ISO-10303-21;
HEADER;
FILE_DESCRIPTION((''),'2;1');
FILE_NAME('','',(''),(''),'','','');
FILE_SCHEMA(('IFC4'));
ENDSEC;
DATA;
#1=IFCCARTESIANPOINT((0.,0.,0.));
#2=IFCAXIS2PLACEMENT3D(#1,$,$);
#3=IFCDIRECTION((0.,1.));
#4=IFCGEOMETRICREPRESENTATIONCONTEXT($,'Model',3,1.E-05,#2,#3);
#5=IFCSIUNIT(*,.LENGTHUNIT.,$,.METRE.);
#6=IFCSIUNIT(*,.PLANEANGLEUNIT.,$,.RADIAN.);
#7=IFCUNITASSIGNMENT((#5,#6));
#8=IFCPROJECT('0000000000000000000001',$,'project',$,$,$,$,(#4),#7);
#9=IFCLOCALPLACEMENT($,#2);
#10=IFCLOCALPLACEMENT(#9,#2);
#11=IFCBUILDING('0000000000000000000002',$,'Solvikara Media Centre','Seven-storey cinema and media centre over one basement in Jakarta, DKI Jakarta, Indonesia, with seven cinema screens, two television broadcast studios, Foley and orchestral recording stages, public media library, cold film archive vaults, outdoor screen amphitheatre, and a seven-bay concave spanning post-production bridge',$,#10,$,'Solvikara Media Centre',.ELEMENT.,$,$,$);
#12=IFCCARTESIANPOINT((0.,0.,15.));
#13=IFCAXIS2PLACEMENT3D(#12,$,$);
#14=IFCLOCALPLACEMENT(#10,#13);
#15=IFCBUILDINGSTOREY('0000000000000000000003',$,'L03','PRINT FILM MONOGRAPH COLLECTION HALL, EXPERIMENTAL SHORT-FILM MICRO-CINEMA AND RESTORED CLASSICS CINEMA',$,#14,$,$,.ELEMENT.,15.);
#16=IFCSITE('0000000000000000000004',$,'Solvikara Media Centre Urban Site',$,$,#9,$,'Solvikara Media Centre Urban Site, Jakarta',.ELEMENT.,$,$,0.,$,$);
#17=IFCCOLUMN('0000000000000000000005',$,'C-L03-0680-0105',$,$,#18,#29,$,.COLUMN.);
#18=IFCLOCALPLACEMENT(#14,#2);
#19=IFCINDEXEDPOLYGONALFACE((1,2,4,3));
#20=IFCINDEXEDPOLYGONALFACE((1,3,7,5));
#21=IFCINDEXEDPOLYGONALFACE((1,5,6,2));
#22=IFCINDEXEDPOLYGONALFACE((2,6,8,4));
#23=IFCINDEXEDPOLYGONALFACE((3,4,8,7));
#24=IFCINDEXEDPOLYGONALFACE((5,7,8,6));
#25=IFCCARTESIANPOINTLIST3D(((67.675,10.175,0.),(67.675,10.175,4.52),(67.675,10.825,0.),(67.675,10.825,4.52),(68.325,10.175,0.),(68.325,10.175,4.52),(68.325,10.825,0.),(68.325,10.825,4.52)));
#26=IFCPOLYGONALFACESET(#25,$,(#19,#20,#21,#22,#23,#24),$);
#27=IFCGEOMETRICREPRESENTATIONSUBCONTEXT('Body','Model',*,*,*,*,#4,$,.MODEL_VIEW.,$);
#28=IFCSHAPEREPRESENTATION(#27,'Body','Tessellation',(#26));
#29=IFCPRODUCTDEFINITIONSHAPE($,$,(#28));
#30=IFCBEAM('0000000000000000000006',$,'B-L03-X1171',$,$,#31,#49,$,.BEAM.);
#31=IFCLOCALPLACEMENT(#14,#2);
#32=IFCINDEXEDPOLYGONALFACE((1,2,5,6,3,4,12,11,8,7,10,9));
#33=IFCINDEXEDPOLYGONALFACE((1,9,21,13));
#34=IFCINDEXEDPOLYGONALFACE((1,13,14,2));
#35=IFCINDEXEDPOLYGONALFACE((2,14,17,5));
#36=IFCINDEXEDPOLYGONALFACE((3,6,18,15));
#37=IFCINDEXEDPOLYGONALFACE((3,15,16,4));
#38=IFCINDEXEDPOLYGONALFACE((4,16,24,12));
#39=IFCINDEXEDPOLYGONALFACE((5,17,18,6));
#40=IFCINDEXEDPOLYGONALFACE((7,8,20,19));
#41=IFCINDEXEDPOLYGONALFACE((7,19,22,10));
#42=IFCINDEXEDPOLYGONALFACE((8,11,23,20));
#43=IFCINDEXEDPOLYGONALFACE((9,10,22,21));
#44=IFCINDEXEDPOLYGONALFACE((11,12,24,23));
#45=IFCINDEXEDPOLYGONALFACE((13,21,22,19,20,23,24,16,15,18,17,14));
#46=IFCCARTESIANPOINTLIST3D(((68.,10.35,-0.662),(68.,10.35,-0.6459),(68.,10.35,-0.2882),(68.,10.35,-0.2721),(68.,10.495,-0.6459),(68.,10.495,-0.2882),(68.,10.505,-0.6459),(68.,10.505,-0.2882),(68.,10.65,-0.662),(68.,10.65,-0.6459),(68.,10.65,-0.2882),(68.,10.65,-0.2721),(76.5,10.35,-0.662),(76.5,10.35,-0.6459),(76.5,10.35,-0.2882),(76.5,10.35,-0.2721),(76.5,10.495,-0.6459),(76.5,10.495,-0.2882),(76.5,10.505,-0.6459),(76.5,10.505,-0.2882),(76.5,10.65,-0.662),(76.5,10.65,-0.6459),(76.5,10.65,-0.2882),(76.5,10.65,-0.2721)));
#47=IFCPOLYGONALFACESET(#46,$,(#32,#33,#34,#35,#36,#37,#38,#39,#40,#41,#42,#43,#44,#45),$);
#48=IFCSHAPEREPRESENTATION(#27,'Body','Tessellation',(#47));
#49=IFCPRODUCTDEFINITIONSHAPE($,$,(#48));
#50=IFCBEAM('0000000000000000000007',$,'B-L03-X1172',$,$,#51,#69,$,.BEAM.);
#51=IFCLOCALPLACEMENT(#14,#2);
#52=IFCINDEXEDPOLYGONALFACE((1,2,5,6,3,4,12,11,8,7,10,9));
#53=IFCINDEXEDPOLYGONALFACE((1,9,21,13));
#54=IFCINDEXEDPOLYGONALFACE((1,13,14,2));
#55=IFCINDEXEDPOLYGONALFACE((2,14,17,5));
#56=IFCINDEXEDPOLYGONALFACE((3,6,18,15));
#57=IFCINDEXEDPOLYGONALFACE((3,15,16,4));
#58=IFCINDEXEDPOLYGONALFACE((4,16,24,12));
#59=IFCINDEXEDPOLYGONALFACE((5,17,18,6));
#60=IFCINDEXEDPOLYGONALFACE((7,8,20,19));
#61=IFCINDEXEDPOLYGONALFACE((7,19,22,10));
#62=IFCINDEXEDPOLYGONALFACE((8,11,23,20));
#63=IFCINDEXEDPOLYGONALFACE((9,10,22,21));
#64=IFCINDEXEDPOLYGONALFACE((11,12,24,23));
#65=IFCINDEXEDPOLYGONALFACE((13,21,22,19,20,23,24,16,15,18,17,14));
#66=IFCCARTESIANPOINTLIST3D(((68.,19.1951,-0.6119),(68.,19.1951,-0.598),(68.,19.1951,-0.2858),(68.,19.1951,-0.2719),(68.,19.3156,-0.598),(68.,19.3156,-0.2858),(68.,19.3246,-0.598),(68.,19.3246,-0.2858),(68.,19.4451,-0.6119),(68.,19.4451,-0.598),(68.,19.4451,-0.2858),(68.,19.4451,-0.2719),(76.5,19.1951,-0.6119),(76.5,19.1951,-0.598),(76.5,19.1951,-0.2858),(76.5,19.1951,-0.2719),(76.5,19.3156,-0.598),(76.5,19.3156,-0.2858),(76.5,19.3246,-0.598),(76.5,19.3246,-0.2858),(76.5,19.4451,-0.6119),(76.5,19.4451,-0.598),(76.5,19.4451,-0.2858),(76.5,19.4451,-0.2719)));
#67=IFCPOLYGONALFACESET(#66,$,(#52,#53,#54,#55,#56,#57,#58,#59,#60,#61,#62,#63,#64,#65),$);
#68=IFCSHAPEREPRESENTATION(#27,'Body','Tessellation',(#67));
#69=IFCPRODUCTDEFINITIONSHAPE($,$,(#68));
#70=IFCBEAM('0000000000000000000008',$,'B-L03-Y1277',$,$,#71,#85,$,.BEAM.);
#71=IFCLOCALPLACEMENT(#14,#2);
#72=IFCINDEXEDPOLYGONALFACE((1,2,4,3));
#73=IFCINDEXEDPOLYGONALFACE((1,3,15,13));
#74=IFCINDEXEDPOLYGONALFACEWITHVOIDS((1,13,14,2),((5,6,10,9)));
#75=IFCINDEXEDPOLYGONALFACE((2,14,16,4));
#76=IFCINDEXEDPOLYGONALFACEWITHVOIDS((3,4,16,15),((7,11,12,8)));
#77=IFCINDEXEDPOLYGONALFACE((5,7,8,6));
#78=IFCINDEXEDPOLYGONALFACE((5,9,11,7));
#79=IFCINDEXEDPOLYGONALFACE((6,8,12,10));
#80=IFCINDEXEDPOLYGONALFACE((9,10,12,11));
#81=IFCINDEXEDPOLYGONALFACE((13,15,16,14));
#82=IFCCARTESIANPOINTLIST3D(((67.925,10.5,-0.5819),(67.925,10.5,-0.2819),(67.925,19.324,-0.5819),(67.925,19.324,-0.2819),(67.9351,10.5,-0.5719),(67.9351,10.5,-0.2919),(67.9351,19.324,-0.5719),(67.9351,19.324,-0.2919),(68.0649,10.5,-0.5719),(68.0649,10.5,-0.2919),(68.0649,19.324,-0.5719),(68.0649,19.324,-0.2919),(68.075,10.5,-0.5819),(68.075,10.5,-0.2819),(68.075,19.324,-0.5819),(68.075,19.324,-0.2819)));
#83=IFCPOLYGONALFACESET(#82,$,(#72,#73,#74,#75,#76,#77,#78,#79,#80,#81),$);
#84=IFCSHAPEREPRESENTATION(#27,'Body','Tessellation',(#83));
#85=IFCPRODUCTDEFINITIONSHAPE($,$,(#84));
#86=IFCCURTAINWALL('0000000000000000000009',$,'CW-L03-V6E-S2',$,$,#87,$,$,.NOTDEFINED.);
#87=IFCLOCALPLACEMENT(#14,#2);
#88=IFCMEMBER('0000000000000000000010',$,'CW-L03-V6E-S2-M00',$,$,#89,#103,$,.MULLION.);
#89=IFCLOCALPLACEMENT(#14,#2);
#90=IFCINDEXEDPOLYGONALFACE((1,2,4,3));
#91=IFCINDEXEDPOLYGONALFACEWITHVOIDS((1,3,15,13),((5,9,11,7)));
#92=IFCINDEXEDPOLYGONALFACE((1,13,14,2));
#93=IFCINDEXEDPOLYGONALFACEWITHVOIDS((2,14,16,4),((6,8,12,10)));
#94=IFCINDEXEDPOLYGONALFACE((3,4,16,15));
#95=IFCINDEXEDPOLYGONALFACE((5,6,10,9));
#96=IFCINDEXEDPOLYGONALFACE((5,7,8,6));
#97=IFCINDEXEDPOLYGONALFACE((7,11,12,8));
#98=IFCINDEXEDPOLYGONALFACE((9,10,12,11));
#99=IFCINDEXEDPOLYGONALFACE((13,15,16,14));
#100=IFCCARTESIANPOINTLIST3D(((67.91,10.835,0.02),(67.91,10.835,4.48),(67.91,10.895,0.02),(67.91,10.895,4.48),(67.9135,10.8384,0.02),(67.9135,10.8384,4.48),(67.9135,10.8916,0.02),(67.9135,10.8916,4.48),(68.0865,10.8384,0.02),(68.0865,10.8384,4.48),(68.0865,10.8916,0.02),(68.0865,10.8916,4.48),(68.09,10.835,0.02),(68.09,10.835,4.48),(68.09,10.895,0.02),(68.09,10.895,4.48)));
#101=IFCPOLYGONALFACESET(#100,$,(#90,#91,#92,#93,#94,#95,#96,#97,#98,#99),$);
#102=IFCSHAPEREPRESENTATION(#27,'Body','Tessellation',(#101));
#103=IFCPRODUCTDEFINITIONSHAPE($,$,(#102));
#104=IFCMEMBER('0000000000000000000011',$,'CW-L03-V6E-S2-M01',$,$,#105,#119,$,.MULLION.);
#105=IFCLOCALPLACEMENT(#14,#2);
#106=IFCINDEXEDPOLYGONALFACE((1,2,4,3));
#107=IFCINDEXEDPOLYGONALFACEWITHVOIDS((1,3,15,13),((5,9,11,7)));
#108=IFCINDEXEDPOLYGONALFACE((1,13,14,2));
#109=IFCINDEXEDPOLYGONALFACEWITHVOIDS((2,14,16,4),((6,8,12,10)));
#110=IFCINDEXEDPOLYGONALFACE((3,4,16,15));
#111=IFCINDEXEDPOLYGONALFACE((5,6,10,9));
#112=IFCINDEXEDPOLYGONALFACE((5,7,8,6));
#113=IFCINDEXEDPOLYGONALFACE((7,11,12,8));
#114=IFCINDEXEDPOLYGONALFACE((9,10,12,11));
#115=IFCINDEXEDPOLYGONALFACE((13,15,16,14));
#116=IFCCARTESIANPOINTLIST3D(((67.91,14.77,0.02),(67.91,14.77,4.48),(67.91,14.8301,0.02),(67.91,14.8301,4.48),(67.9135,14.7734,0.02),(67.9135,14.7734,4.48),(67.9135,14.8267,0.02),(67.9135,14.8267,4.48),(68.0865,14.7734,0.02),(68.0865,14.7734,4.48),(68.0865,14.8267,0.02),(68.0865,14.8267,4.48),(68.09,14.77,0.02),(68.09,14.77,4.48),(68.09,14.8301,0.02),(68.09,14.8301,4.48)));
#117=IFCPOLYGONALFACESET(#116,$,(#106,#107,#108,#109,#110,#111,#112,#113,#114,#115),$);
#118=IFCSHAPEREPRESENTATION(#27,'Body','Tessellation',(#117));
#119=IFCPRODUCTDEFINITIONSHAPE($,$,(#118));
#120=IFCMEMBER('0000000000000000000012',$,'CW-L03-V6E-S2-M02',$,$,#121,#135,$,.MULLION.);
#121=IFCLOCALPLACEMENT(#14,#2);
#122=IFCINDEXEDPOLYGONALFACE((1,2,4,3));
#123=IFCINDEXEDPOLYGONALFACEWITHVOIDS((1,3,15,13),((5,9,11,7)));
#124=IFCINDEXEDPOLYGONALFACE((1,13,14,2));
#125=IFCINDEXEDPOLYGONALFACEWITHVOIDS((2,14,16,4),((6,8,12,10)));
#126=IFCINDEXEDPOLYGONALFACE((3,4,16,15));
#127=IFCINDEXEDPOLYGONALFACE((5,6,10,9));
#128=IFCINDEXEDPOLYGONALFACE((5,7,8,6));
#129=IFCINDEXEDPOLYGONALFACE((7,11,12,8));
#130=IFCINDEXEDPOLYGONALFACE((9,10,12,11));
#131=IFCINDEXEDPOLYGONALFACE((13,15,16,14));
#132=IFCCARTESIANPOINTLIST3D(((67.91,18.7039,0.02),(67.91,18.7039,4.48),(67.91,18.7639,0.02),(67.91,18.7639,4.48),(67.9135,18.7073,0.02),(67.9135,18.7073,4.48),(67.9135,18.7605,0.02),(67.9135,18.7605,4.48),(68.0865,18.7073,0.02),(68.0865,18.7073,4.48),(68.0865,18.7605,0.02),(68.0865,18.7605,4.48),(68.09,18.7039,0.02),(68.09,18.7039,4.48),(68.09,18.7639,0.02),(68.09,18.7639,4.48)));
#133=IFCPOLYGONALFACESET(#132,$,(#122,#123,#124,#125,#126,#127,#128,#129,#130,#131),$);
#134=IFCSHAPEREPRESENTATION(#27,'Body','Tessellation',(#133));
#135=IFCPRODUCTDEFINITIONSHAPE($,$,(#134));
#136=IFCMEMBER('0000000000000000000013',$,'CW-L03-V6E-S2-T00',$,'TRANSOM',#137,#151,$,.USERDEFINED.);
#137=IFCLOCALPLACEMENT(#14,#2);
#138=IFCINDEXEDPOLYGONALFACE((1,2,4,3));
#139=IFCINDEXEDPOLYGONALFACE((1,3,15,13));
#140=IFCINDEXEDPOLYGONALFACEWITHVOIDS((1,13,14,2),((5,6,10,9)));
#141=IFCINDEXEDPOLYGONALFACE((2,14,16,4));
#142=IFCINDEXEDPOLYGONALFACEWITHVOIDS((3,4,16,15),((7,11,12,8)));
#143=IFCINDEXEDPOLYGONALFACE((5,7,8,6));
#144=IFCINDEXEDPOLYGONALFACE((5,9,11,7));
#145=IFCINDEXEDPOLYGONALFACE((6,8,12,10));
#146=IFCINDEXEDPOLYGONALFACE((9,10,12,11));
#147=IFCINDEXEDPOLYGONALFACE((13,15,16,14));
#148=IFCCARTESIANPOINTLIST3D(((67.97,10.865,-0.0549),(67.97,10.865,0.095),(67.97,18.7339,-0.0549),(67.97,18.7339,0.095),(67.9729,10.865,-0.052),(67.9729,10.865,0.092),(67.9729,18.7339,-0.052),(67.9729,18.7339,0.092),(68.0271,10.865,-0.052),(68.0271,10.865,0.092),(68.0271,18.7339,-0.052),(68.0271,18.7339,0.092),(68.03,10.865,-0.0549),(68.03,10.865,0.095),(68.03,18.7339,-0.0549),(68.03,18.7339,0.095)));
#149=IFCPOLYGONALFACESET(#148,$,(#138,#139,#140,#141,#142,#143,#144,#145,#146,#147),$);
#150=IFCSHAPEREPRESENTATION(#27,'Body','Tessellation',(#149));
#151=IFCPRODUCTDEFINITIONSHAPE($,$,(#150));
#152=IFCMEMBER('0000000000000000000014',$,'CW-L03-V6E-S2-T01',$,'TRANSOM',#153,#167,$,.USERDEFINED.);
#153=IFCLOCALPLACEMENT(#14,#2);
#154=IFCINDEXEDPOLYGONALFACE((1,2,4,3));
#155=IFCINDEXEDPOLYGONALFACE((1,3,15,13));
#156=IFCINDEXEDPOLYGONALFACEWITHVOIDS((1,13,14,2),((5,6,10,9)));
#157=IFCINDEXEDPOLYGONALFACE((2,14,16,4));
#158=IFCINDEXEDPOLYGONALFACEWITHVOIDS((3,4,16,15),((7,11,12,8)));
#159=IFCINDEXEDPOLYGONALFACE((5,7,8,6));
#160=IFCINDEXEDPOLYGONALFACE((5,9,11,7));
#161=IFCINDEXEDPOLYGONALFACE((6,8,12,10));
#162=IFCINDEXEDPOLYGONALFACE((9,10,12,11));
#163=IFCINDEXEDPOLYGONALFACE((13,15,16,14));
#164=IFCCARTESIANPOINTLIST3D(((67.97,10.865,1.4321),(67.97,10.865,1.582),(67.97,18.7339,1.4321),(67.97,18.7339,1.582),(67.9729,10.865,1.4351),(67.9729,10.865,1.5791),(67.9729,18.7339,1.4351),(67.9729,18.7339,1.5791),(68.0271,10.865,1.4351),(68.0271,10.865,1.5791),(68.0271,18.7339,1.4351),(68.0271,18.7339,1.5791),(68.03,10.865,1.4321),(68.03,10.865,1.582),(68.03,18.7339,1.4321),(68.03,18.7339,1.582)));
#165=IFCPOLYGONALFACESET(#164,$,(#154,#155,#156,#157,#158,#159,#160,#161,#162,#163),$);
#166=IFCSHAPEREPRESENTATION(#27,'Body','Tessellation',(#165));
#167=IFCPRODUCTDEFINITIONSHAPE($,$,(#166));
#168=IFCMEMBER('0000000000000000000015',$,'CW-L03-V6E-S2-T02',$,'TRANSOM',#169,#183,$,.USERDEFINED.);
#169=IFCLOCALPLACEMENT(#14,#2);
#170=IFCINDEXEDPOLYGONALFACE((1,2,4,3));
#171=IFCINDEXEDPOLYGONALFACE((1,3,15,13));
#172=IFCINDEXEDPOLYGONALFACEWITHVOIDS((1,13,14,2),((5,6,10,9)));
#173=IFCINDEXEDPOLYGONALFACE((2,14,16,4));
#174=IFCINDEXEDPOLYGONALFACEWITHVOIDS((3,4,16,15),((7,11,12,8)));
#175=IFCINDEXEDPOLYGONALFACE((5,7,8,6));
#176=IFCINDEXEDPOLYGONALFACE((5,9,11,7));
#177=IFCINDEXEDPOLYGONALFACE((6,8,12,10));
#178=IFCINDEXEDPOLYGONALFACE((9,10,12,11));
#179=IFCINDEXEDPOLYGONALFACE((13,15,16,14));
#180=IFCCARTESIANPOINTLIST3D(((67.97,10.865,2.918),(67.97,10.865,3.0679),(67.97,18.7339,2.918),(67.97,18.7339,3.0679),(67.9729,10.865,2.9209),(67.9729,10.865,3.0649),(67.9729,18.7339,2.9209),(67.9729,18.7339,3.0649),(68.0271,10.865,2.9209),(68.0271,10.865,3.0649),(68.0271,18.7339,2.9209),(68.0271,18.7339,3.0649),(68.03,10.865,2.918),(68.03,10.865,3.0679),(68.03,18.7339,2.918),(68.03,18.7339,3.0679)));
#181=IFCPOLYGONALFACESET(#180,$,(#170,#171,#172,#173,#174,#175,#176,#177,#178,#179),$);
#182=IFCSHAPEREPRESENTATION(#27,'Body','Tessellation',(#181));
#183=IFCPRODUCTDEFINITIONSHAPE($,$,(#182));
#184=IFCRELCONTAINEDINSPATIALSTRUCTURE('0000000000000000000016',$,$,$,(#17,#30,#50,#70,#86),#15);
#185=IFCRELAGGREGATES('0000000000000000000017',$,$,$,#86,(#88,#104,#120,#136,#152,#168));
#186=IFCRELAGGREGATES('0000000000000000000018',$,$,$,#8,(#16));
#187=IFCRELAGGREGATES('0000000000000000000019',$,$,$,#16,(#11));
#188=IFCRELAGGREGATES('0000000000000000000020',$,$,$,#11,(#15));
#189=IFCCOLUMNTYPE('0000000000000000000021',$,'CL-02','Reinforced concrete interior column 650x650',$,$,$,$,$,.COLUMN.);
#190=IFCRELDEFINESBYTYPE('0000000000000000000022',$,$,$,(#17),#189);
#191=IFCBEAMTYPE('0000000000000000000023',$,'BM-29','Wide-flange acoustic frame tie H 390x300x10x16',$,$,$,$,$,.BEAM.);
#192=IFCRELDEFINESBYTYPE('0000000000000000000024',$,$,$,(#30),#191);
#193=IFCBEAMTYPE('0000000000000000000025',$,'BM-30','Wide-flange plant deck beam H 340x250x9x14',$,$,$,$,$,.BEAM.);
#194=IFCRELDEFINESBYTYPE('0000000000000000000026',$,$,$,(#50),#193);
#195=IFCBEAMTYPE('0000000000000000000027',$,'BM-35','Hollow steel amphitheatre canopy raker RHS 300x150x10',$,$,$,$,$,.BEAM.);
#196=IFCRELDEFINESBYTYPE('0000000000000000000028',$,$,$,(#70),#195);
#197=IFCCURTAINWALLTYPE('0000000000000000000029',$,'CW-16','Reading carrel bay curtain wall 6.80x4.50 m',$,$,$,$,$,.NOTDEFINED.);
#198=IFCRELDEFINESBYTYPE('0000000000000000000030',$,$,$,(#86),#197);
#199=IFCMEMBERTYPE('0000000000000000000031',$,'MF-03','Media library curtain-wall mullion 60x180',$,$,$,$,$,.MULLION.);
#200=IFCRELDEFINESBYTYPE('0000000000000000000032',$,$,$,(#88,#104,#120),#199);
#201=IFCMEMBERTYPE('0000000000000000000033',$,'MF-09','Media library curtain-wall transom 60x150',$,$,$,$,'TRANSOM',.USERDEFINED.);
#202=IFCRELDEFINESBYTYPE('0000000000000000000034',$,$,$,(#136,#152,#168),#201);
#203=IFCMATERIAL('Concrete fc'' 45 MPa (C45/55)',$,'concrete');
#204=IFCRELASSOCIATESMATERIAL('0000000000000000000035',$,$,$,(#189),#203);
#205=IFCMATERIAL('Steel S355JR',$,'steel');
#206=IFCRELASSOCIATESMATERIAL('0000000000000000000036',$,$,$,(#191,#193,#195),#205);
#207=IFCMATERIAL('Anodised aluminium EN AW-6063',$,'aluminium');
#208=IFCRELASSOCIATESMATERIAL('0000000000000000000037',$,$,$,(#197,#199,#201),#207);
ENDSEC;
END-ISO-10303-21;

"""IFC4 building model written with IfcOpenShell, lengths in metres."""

from ifc_helpers import new_model, si_unit, direction, frame, origin, origin_2d, place, context, subcontext, project, spatial, rectangle, hollow_rectangle, i_section, extrude, material, material_profile, profile_set, type_object, element, aggregate, save


model = new_model("IFC4")

# Units and contexts
model_context = context("Model", 3, precision=1e-05, world=origin(), true_north=direction((0.0, 1.0)))
body_context = subcontext(model_context, "Body", "Model", "MODEL_VIEW")
ifc_project = project(units=[si_unit("LENGTHUNIT", "METRE"), si_unit("PLANEANGLEUNIT", "RADIAN")], contexts=[model_context])

# Site, building, storey
site_placement = place(None, origin())
site = spatial("IfcSite", under=ifc_project, at=site_placement, Name="Solvikara Media Centre Urban Site", LongName="Solvikara Media Centre Urban Site, Jakarta", CompositionType="ELEMENT", RefElevation=0.0)
building_placement = place(site_placement, origin())
building = spatial("IfcBuilding", under=site, at=building_placement, Name="Solvikara Media Centre", Description="Seven-storey cinema and media centre over one basement in Jakarta, DKI Jakarta, Indonesia, with seven cinema screens, two television broadcast studios, Foley and orchestral recording stages, public media library, cold film archive vaults, outdoor screen amphitheatre, and a seven-bay concave spanning post-production bridge", LongName="Solvikara Media Centre", CompositionType="ELEMENT")
storey_placement = place(building_placement, frame((0.0, 0.0, 15.0)))
storey = spatial("IfcBuildingStorey", under=building, at=storey_placement, Name="L03", Description="PRINT FILM MONOGRAPH COLLECTION HALL, EXPERIMENTAL SHORT-FILM MICRO-CINEMA AND RESTORED CLASSICS CINEMA", CompositionType="ELEMENT", Elevation=15.0)

# Column
ifc_material_1 = material(Name="Concrete fc' 45 MPa (C45/55)", Category="concrete")
ifc_material_profile_1 = material_profile(ifc_material_1, rectangle(XDim=0.6499, YDim=0.6499, at=origin_2d()), Name="RC 650x650")
ifc_profile_set_1 = profile_set([ifc_material_profile_1], Name="Concrete fc' 45 MPa (C45/55)")
column_type = type_object("IfcColumnType", Name="CL-02", Description="Reinforced concrete interior column 650x650", PredefinedType="COLUMN", material=ifc_profile_set_1)
column_placement = place(storey_placement, frame((68.0, 10.5, 0.0), z_axis=(0.0, 0.0, 1.0), x_axis=(1.0, 0.0, 0.0)))
element("IfcColumn", 1, at=column_placement, inside=storey, type_object=column_type, Name="C-L03-0680-0105", PredefinedType="COLUMN", context=body_context, shape_type="SweptSolid", body=[
    extrude(rectangle(XDim=0.6499, YDim=0.6499, at=origin_2d()), origin(), (0.0, 0.0, 1.0), 4.52),
])

# Beams
ifc_material_2 = material(Name="Steel S355JR", Category="steel")
ifc_material_profile_2 = material_profile(ifc_material_2, i_section(OverallWidth=0.3, OverallDepth=0.3899, WebThickness=0.01, FlangeThickness=0.0161, at=origin_2d()), Name="H 390x300x10x16")
ifc_profile_set_2 = profile_set([ifc_material_profile_2], Name="Steel S355JR")
beam_type_1 = type_object("IfcBeamType", Name="BM-29", Description="Wide-flange acoustic frame tie H 390x300x10x16", PredefinedType="BEAM", material=ifc_profile_set_2)
beam_1_placement = place(storey_placement, frame((68.0, 10.5, -0.467), z_axis=(1.0, 0.0, 0.0), x_axis=(0.0, 1.0, 0.0)))
element("IfcBeam", 2, at=beam_1_placement, inside=storey, type_object=beam_type_1, Name="B-L03-X1171", PredefinedType="BEAM", context=body_context, shape_type="SweptSolid", body=[
    extrude(i_section(OverallWidth=0.3, OverallDepth=0.3899, WebThickness=0.01, FlangeThickness=0.0161, at=origin_2d()), origin(), (0.0, 0.0, 1.0), 8.5),
])
ifc_material_profile_3 = material_profile(ifc_material_2, i_section(OverallWidth=0.25, OverallDepth=0.3401, WebThickness=0.009, FlangeThickness=0.0139, at=origin_2d()), Name="H 340x250x9x14")
ifc_profile_set_3 = profile_set([ifc_material_profile_3], Name="Steel S355JR")
beam_type_2 = type_object("IfcBeamType", Name="BM-30", Description="Wide-flange plant deck beam H 340x250x9x14", PredefinedType="BEAM", material=ifc_profile_set_3)
beam_2_placement = place(storey_placement, frame((68.0, 19.3201, -0.4419), z_axis=(1.0, 0.0, 0.0), x_axis=(0.0, 1.0, 0.0)))
element("IfcBeam", 3, at=beam_2_placement, inside=storey, type_object=beam_type_2, Name="B-L03-X1172", PredefinedType="BEAM", context=body_context, shape_type="SweptSolid", body=[
    extrude(i_section(OverallWidth=0.25, OverallDepth=0.3401, WebThickness=0.009, FlangeThickness=0.0139, at=origin_2d()), origin(), (0.0, 0.0, 1.0), 8.5),
])
ifc_material_profile_4 = material_profile(ifc_material_2, hollow_rectangle(XDim=0.1499, YDim=0.3, WallThickness=0.01, at=origin_2d()), Name="RHS 300x150x10")
ifc_profile_set_4 = profile_set([ifc_material_profile_4], Name="Steel S355JR")
beam_type_3 = type_object("IfcBeamType", Name="BM-35", Description="Hollow steel amphitheatre canopy raker RHS 300x150x10", PredefinedType="BEAM", material=ifc_profile_set_4)
beam_3_placement = place(storey_placement, frame((68.0, 10.5, -0.4319), z_axis=(0.0, 1.0, 0.0), x_axis=(-1.0, 0.0, 0.0)))
element("IfcBeam", 4, at=beam_3_placement, inside=storey, type_object=beam_type_3, Name="B-L03-Y1277", PredefinedType="BEAM", context=body_context, shape_type="SweptSolid", body=[
    extrude(hollow_rectangle(XDim=0.1499, YDim=0.3, WallThickness=0.01, at=origin_2d()), origin(), (0.0, 0.0, 1.0), 8.824),
])

# Curtain wall, members
ifc_material_3 = material(Name="Anodised aluminium EN AW-6063", Category="aluminium")
curtain_wall_type = type_object("IfcCurtainWallType", Name="CW-16", Description="Reading carrel bay curtain wall 6.80x4.50 m", PredefinedType="NOTDEFINED", material=ifc_material_3)
curtain_wall_placement = place(storey_placement, origin())
curtain_wall = element("IfcCurtainWall", 5, at=curtain_wall_placement, inside=storey, type_object=curtain_wall_type, Name="CW-L03-V6E-S2", PredefinedType="NOTDEFINED")
ifc_material_profile_5 = material_profile(ifc_material_3, hollow_rectangle(XDim=0.0601, YDim=0.1799, WallThickness=0.0034, at=origin_2d()), Name="ALU-M 60x180x3.5")
ifc_profile_set_5 = profile_set([ifc_material_profile_5], Name="Anodised aluminium EN AW-6063")
member_type_1 = type_object("IfcMemberType", Name="MF-03", Description="Media library curtain-wall mullion 60x180", PredefinedType="MULLION", material=ifc_profile_set_5)
member_1_placement = place(storey_placement, frame((68.0, 10.865, 0.02), z_axis=(0.0, 0.0, 1.0), x_axis=(0.0, 1.0, 0.0)))
member_1 = element("IfcMember", 6, at=member_1_placement, type_object=member_type_1, Name="CW-L03-V6E-S2-M00", PredefinedType="MULLION", context=body_context, shape_type="SweptSolid", body=[
    extrude(hollow_rectangle(XDim=0.0601, YDim=0.1799, WallThickness=0.0034, at=origin_2d()), origin(), (0.0, 0.0, 1.0), 4.46),
])
member_2_placement = place(storey_placement, frame((68.0, 14.8, 0.02), z_axis=(0.0, 0.0, 1.0), x_axis=(0.0, 1.0, 0.0)))
member_2 = element("IfcMember", 7, at=member_2_placement, type_object=member_type_1, Name="CW-L03-V6E-S2-M01", PredefinedType="MULLION", context=body_context, shape_type="SweptSolid", body=[
    extrude(hollow_rectangle(XDim=0.0601, YDim=0.1799, WallThickness=0.0034, at=origin_2d()), origin(), (0.0, 0.0, 1.0), 4.46),
])
member_3_placement = place(storey_placement, frame((68.0, 18.7339, 0.02), z_axis=(0.0, 0.0, 1.0), x_axis=(0.0, 1.0, 0.0)))
member_3 = element("IfcMember", 8, at=member_3_placement, type_object=member_type_1, Name="CW-L03-V6E-S2-M02", PredefinedType="MULLION", context=body_context, shape_type="SweptSolid", body=[
    extrude(hollow_rectangle(XDim=0.0601, YDim=0.1799, WallThickness=0.0034, at=origin_2d()), origin(), (0.0, 0.0, 1.0), 4.46),
])
ifc_material_profile_6 = material_profile(ifc_material_3, hollow_rectangle(XDim=0.0601, YDim=0.1499, WallThickness=0.0029, at=origin_2d()), Name="ALU-T 60x150x3")
ifc_profile_set_6 = profile_set([ifc_material_profile_6], Name="Anodised aluminium EN AW-6063")
member_type_2 = type_object("IfcMemberType", Name="MF-09", Description="Media library curtain-wall transom 60x150", ElementType="TRANSOM", PredefinedType="USERDEFINED", material=ifc_profile_set_6)
member_4_placement = place(storey_placement, frame((68.0, 10.865, 0.02), z_axis=(0.0, 1.0, 0.0), x_axis=(-1.0, 0.0, 0.0)))
member_4 = element("IfcMember", 9, at=member_4_placement, type_object=member_type_2, Name="CW-L03-V6E-S2-T00", ObjectType="TRANSOM", PredefinedType="USERDEFINED", context=body_context, shape_type="SweptSolid", body=[
    extrude(hollow_rectangle(XDim=0.0601, YDim=0.1499, WallThickness=0.0029, at=origin_2d()), origin(), (0.0, 0.0, 1.0), 7.8689),
])
member_5_placement = place(storey_placement, frame((68.0, 10.865, 1.5071), z_axis=(0.0, 1.0, 0.0), x_axis=(-1.0, 0.0, 0.0)))
member_5 = element("IfcMember", 10, at=member_5_placement, type_object=member_type_2, Name="CW-L03-V6E-S2-T01", ObjectType="TRANSOM", PredefinedType="USERDEFINED", context=body_context, shape_type="SweptSolid", body=[
    extrude(hollow_rectangle(XDim=0.0601, YDim=0.1499, WallThickness=0.0029, at=origin_2d()), origin(), (0.0, 0.0, 1.0), 7.8689),
])
member_6_placement = place(storey_placement, frame((68.0, 10.865, 2.9929), z_axis=(0.0, 1.0, 0.0), x_axis=(-1.0, 0.0, 0.0)))
member_6 = element("IfcMember", 11, at=member_6_placement, type_object=member_type_2, Name="CW-L03-V6E-S2-T02", ObjectType="TRANSOM", PredefinedType="USERDEFINED", context=body_context, shape_type="SweptSolid", body=[
    extrude(hollow_rectangle(XDim=0.0601, YDim=0.1499, WallThickness=0.0029, at=origin_2d()), origin(), (0.0, 0.0, 1.0), 7.8689),
])
aggregate(curtain_wall, [member_1, member_2, member_3, member_4, member_5, member_6])

save(model, "model.ifc")
